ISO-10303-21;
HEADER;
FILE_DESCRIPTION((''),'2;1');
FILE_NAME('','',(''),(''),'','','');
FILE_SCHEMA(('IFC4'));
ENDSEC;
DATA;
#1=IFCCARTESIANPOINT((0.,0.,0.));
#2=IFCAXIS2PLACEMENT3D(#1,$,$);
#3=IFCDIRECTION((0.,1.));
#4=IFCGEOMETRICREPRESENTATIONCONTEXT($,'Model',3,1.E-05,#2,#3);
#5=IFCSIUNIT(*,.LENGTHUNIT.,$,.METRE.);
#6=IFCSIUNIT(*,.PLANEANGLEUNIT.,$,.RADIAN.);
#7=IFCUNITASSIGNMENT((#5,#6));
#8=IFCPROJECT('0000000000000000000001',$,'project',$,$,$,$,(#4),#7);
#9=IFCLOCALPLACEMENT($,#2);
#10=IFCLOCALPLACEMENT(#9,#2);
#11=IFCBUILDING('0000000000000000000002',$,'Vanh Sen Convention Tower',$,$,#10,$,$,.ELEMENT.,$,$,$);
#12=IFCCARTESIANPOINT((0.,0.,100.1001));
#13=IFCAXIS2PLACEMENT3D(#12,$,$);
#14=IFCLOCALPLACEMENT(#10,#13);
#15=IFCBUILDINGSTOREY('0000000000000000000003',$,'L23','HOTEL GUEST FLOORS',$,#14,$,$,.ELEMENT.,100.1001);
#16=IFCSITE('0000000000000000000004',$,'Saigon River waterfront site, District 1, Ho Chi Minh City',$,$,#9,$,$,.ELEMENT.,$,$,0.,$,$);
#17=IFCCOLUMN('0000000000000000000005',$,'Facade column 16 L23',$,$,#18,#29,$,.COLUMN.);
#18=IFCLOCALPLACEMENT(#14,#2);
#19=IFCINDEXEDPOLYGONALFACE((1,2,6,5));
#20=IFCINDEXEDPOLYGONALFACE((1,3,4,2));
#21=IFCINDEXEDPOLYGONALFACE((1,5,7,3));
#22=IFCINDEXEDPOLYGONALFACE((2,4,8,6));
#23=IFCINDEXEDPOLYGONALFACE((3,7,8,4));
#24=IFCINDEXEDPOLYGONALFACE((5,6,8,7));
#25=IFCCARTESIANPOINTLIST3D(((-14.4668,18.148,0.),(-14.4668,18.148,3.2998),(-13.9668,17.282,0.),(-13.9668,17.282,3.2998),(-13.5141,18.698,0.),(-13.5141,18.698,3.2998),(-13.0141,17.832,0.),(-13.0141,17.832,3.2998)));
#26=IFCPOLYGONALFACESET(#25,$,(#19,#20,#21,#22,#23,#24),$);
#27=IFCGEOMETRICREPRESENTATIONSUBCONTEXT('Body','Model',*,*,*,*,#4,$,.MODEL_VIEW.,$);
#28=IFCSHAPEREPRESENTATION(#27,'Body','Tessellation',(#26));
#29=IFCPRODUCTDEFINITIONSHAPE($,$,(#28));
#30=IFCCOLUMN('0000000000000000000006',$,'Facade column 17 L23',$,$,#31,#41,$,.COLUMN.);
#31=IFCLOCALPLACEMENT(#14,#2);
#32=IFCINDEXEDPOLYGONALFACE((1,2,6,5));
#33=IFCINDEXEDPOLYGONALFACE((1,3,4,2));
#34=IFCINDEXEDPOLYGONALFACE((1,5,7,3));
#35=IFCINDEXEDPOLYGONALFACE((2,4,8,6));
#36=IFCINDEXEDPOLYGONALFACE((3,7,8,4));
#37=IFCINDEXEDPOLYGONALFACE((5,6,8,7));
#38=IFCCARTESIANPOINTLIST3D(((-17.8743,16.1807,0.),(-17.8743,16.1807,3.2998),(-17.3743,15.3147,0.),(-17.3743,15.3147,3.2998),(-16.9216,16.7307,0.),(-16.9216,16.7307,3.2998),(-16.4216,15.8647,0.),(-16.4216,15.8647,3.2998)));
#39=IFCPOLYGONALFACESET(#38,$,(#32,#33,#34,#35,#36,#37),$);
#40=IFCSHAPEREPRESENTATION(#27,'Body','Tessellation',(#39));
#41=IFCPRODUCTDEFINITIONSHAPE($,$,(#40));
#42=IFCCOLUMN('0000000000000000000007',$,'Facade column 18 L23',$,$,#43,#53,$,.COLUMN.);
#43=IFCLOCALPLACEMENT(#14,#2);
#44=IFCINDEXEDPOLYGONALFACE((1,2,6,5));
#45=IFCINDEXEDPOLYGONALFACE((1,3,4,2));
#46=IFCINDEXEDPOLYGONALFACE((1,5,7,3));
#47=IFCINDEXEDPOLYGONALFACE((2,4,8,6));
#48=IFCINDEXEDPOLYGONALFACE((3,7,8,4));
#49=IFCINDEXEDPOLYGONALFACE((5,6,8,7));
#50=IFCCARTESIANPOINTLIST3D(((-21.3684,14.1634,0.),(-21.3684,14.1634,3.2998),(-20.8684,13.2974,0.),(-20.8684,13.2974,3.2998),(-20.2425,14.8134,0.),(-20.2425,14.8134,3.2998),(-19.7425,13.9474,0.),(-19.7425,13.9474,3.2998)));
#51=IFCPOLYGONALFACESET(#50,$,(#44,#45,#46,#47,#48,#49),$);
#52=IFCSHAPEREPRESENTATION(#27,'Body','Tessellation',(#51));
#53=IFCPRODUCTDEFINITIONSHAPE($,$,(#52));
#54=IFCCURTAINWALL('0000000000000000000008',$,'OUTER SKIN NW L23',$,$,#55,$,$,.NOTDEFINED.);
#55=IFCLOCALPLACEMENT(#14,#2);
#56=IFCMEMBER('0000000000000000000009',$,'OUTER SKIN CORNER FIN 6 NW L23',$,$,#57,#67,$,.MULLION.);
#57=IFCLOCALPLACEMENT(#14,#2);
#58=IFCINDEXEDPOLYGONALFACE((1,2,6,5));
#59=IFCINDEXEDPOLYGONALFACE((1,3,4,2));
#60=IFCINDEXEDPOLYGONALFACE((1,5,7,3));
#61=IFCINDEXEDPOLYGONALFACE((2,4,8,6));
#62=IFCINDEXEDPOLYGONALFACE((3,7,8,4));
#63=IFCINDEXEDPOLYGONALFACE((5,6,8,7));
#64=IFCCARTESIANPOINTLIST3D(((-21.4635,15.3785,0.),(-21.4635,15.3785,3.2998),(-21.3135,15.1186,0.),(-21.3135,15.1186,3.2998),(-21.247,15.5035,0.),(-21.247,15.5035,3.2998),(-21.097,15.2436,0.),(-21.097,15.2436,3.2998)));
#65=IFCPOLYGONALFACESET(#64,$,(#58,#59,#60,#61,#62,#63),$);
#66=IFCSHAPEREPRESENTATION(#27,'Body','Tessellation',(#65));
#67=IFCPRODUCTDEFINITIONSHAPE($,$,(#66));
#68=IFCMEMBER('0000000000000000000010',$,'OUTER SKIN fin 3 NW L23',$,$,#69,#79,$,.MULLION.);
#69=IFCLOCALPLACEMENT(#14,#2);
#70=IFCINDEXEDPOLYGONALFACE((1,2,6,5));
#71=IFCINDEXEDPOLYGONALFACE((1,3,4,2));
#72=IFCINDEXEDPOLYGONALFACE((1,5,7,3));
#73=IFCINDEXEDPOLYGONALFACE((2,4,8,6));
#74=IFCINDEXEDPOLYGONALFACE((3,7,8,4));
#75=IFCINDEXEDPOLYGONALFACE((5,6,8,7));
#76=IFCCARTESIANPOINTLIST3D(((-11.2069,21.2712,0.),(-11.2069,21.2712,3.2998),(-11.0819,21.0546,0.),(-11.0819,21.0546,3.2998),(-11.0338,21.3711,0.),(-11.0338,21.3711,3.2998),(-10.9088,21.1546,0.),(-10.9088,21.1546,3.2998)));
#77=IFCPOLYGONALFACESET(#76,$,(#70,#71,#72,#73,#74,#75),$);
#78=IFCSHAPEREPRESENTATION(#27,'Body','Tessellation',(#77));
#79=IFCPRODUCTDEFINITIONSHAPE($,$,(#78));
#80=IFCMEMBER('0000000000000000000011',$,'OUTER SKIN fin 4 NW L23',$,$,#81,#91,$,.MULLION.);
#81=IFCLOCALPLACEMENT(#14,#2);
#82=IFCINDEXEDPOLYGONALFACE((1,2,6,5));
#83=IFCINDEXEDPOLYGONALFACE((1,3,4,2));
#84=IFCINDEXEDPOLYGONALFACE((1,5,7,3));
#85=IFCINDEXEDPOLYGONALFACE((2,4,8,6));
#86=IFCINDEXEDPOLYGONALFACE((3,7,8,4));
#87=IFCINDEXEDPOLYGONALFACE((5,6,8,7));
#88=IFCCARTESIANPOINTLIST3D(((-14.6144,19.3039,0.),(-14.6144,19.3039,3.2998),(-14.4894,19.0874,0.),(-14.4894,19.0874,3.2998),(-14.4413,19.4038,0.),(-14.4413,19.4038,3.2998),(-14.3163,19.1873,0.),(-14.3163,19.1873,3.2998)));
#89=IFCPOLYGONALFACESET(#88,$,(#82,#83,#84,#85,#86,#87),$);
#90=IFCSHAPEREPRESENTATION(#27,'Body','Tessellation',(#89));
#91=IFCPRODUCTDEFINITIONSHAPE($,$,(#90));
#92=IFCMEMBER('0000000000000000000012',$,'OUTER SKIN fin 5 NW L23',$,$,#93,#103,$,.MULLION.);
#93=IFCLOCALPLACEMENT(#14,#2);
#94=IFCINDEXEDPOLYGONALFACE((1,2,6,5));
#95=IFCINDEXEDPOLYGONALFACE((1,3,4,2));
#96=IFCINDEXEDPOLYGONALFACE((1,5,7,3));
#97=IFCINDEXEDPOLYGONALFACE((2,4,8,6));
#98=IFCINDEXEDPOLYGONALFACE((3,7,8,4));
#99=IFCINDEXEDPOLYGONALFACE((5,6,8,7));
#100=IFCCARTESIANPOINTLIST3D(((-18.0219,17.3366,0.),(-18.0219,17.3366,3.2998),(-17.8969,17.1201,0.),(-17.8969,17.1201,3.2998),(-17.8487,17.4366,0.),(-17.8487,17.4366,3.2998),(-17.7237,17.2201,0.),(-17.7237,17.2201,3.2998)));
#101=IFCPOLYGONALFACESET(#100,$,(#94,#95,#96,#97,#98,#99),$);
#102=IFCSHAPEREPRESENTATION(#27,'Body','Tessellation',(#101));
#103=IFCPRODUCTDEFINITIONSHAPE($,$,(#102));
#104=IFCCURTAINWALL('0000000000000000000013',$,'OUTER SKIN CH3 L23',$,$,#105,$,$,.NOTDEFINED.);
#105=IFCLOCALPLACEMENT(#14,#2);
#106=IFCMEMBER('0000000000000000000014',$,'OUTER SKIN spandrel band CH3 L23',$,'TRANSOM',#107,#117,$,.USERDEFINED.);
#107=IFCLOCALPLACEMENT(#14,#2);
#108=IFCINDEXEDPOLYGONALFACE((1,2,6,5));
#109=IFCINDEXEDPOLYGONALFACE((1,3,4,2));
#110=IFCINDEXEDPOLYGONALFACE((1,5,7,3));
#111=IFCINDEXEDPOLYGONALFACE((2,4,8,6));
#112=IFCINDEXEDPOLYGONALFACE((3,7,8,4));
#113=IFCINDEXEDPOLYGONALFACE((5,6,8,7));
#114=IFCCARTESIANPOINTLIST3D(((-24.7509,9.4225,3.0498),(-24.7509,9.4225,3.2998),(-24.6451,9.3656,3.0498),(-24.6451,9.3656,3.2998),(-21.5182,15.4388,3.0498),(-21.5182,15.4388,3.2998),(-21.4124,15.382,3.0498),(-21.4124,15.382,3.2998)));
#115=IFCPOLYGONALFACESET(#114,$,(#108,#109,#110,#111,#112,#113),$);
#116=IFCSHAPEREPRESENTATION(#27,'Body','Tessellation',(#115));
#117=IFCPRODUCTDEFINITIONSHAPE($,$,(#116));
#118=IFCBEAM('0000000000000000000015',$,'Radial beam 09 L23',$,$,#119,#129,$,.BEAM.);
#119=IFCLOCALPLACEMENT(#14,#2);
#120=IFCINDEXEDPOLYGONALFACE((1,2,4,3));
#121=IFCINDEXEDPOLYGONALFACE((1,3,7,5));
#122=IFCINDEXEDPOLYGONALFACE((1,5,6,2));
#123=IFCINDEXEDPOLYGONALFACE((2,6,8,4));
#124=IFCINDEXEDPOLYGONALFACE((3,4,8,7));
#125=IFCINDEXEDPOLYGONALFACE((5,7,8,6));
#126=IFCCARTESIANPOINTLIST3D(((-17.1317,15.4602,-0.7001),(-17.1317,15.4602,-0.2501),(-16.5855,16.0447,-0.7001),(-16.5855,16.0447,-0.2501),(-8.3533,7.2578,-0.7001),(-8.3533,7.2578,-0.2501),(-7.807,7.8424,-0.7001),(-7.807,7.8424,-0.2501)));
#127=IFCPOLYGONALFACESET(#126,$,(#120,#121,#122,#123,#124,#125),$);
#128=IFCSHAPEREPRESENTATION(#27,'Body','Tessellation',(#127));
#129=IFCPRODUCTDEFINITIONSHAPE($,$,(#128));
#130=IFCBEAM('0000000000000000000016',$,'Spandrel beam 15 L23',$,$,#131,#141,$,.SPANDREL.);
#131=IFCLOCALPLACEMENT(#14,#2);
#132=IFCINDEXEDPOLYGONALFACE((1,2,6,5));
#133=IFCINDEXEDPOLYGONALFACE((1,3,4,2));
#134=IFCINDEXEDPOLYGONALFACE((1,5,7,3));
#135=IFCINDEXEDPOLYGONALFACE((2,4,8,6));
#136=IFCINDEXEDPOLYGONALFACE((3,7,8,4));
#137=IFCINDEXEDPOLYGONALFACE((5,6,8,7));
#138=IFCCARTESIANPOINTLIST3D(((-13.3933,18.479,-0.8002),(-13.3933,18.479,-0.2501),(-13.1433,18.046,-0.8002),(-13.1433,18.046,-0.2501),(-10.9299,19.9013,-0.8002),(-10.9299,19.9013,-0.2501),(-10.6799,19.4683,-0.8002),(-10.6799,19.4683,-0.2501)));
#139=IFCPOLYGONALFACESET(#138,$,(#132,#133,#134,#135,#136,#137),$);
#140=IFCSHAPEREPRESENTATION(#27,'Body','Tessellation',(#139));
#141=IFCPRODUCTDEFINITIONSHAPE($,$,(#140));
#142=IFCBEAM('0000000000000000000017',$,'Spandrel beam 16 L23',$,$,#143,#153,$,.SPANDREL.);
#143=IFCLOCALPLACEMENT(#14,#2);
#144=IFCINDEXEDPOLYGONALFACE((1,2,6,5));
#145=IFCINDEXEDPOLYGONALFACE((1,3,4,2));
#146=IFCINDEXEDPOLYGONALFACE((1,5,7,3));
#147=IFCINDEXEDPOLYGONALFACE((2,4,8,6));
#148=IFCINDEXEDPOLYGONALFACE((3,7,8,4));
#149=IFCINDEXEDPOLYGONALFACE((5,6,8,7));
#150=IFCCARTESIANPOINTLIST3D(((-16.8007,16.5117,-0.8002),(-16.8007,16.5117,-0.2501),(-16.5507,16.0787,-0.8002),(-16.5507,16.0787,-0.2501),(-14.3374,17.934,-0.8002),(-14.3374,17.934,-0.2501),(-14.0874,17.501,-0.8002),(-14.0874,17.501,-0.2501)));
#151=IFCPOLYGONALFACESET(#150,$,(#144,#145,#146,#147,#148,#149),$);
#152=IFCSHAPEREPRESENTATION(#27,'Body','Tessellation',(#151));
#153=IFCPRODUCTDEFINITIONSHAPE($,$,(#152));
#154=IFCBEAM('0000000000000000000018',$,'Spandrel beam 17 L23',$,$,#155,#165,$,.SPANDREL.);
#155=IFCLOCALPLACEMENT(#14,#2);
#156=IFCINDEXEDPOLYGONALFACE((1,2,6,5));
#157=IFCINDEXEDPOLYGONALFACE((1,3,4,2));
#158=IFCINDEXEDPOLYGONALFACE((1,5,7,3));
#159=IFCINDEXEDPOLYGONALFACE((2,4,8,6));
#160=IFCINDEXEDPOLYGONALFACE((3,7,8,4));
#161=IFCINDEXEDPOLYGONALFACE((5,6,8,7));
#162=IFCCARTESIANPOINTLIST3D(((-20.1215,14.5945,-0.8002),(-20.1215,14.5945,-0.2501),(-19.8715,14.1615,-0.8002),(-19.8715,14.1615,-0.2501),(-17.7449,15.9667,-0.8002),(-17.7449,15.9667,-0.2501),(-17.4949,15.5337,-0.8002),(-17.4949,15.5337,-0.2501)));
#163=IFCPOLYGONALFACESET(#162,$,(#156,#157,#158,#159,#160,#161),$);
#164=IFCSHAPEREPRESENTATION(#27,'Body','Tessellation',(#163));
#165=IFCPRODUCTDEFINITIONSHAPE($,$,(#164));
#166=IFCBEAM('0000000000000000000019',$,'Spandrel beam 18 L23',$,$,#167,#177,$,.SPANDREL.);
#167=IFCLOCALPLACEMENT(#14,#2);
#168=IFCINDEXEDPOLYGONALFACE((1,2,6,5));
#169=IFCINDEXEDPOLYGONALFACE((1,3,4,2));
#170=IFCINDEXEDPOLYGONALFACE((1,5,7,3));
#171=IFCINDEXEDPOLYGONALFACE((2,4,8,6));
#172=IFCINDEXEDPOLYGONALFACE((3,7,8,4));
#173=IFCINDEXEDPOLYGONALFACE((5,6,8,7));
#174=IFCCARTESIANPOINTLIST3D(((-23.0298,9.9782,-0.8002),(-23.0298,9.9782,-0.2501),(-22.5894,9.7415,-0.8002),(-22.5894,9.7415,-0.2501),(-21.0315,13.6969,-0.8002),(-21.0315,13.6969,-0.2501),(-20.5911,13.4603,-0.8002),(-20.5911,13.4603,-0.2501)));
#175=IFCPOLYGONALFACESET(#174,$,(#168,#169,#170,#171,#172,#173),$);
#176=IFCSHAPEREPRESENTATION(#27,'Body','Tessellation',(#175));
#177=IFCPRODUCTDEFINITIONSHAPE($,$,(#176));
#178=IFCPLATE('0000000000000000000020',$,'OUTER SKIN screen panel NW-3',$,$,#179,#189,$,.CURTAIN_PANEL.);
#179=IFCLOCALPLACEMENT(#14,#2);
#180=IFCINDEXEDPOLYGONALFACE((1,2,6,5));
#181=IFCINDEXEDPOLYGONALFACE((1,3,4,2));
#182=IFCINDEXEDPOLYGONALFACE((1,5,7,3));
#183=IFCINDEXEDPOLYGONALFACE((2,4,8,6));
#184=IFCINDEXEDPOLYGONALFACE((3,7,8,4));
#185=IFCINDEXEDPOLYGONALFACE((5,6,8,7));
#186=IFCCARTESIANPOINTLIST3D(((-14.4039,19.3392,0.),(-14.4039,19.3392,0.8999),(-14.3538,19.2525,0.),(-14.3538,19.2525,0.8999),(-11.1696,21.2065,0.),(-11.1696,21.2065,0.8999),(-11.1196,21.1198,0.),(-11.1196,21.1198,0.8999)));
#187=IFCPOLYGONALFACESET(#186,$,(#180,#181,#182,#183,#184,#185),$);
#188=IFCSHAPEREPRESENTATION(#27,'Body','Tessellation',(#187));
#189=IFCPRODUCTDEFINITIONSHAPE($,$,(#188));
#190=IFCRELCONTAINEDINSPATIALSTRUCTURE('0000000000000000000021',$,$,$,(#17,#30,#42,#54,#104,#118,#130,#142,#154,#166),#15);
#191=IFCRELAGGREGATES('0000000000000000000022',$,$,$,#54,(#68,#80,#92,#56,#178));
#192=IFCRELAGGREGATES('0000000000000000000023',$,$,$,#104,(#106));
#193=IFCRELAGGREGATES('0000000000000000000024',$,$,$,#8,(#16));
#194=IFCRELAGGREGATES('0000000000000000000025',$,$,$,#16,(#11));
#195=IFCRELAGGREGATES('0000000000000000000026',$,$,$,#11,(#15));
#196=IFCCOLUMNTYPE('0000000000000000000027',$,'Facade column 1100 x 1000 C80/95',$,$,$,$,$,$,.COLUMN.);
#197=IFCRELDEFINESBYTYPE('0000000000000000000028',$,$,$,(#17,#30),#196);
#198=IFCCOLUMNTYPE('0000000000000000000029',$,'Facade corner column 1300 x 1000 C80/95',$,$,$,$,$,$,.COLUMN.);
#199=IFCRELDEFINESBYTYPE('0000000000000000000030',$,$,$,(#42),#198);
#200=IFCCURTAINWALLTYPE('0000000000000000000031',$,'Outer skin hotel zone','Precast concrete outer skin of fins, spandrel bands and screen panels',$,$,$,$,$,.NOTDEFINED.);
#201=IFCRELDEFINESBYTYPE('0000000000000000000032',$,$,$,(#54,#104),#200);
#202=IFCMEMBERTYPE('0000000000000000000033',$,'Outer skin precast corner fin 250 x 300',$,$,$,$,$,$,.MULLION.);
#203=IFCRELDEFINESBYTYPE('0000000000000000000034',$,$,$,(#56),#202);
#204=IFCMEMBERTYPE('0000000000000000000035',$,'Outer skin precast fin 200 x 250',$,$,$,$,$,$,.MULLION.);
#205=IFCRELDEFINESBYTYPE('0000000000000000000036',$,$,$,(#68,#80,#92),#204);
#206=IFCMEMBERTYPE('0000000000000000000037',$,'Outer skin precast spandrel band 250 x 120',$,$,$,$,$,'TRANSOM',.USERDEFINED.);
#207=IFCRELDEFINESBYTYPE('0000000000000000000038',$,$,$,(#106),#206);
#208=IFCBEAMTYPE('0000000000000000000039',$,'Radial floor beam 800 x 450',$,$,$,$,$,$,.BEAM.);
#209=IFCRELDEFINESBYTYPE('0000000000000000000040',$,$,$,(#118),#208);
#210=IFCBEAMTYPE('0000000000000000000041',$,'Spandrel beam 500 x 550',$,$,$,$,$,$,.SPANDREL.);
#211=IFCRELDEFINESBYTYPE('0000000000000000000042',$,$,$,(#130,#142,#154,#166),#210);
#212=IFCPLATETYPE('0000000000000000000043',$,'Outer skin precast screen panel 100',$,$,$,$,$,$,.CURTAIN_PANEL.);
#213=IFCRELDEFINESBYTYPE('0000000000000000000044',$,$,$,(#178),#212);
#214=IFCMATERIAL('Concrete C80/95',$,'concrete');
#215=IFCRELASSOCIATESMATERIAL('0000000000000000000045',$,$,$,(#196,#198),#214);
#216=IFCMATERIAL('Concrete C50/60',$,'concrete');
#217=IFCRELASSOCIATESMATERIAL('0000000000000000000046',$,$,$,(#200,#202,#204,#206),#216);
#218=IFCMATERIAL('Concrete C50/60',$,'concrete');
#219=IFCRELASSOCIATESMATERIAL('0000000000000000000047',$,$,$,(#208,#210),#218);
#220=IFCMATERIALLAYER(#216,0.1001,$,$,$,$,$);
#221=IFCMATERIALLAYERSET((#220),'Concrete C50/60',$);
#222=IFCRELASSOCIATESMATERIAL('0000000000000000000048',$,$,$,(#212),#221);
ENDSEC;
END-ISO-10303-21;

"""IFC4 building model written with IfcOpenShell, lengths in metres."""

from ifc_helpers import new_model, si_unit, direction, frame, origin, origin_2d, place, context, subcontext, project, spatial, rectangle, extrude, material, layer, layer_set, material_profile, profile_set, type_object, element, aggregate, save


model = new_model("IFC4")

# Units and contexts
model_context = context("Model", 3, precision=1e-05, world=origin(), true_north=direction((0.0, 1.0)))
body_context = subcontext(model_context, "Body", "Model", "MODEL_VIEW")
ifc_project = project(units=[si_unit("LENGTHUNIT", "METRE"), si_unit("PLANEANGLEUNIT", "RADIAN")], contexts=[model_context])

# Site, building, storey
site_placement = place(None, origin())
site = spatial("IfcSite", under=ifc_project, at=site_placement, Name="Saigon River waterfront site, District 1, Ho Chi Minh City", CompositionType="ELEMENT", RefElevation=0.0)
building_placement = place(site_placement, origin())
building = spatial("IfcBuilding", under=site, at=building_placement, Name="Vanh Sen Convention Tower", CompositionType="ELEMENT")
storey_placement = place(building_placement, frame((0.0, 0.0, 100.1001)))
storey = spatial("IfcBuildingStorey", under=building, at=storey_placement, Name="L23", Description="HOTEL GUEST FLOORS", CompositionType="ELEMENT", Elevation=100.1001)

# Columns
ifc_material_1 = material(Name="Concrete C80/95", Category="concrete")
ifc_material_profile_1 = material_profile(ifc_material_1, rectangle(XDim=1.1001, YDim=1.0, at=origin_2d()), Name="RC 1100X1000")
ifc_profile_set_1 = profile_set([ifc_material_profile_1], Name="Concrete C80/95")
column_type_1 = type_object("IfcColumnType", Name="Facade column 1100 x 1000 C80/95", PredefinedType="COLUMN", material=ifc_profile_set_1)
for number, where, z_axis, x_axis, name in (
    (1, (-13.7405, 17.99, 0.0), (0.0, 0.0, 1.0), (-0.866025, -0.5, 0.0), "Facade column 16 L23"),
    (2, (-17.1479, 16.0227, 0.0), (0.0, 0.0, 1.0), (-0.866025, -0.5, 0.0), "Facade column 17 L23"),
):
    element("IfcColumn", number, at=place(storey_placement, frame(where, z_axis=z_axis, x_axis=x_axis)), inside=storey, type_object=column_type_1, Name=name, PredefinedType="COLUMN", context=body_context, shape_type="SweptSolid", body=[
        extrude(rectangle(XDim=1.1001, YDim=1.0, at=origin_2d()), origin(), (0.0, 0.0, 1.0), 3.2998),
    ])
ifc_material_profile_2 = material_profile(ifc_material_1, rectangle(XDim=1.3, YDim=1.0, at=origin_2d()), Name="RC 1300X1000")
ifc_profile_set_2 = profile_set([ifc_material_profile_2], Name="Concrete C80/95")
column_type_2 = type_object("IfcColumnType", Name="Facade corner column 1300 x 1000 C80/95", PredefinedType="COLUMN", material=ifc_profile_set_2)
column_placement = place(storey_placement, frame((-20.5554, 14.0554, 0.0), z_axis=(0.0, 0.0, 1.0), x_axis=(-0.866025, -0.5, 0.0)))
element("IfcColumn", 3, at=column_placement, inside=storey, type_object=column_type_2, Name="Facade column 18 L23", PredefinedType="COLUMN", context=body_context, shape_type="SweptSolid", body=[
    extrude(rectangle(XDim=1.3, YDim=1.0, at=origin_2d()), origin(), (0.0, 0.0, 1.0), 3.2998),
])

# Curtain wall, members
ifc_material_2 = material(Name="Concrete C50/60", Category="concrete")
curtain_wall_type = type_object("IfcCurtainWallType", Name="Outer skin hotel zone", Description="Precast concrete outer skin of fins, spandrel bands and screen panels", PredefinedType="NOTDEFINED", material=ifc_material_2)
curtain_wall_1_placement = place(storey_placement, origin())
curtain_wall_1 = element("IfcCurtainWall", 4, at=curtain_wall_1_placement, inside=storey, type_object=curtain_wall_type, Name="OUTER SKIN NW L23", PredefinedType="NOTDEFINED")
ifc_material_profile_3 = material_profile(ifc_material_2, rectangle(XDim=0.25, YDim=0.3, at=origin_2d()), Name="Outer skin precast corner fin 250 x 300")
ifc_profile_set_3 = profile_set([ifc_material_profile_3], Name="Concrete C50/60")
member_type_1 = type_object("IfcMemberType", Name="Outer skin precast corner fin 250 x 300", PredefinedType="MULLION", material=ifc_profile_set_3)
member_1_placement = place(storey_placement, frame((-21.2803, 15.311, 0.0), z_axis=(0.0, 0.0, 1.0), x_axis=(-0.866025, -0.5, 0.0)))
member_1 = element("IfcMember", 5, at=member_1_placement, type_object=member_type_1, Name="OUTER SKIN CORNER FIN 6 NW L23", PredefinedType="MULLION", context=body_context, shape_type="SweptSolid", body=[
    extrude(rectangle(XDim=0.25, YDim=0.3, at=origin_2d()), origin(), (0.0, 0.0, 1.0), 3.2998),
])
ifc_material_profile_4 = material_profile(ifc_material_2, rectangle(XDim=0.2, YDim=0.25, at=origin_2d()), Name="Outer skin precast fin 200 x 250")
ifc_profile_set_4 = profile_set([ifc_material_profile_4], Name="Concrete C50/60")
member_type_2 = type_object("IfcMemberType", Name="Outer skin precast fin 200 x 250", PredefinedType="MULLION", material=ifc_profile_set_4)
member_2_placement = place(storey_placement, frame((-11.0579, 21.2129, 0.0), z_axis=(0.0, 0.0, 1.0), x_axis=(-0.866025, -0.5, 0.0)))
member_2 = element("IfcMember", 6, at=member_2_placement, type_object=member_type_2, Name="OUTER SKIN fin 3 NW L23", PredefinedType="MULLION", context=body_context, shape_type="SweptSolid", body=[
    extrude(rectangle(XDim=0.2, YDim=0.25, at=origin_2d()), origin(), (0.0, 0.0, 1.0), 3.2998),
])
member_3_placement = place(storey_placement, frame((-14.4653, 19.2456, 0.0), z_axis=(0.0, 0.0, 1.0), x_axis=(-0.866025, -0.5, 0.0)))
member_3 = element("IfcMember", 7, at=member_3_placement, type_object=member_type_2, Name="OUTER SKIN fin 4 NW L23", PredefinedType="MULLION", context=body_context, shape_type="SweptSolid", body=[
    extrude(rectangle(XDim=0.2, YDim=0.25, at=origin_2d()), origin(), (0.0, 0.0, 1.0), 3.2998),
])
member_4_placement = place(storey_placement, frame((-17.8728, 17.2783, 0.0), z_axis=(0.0, 0.0, 1.0), x_axis=(-0.866025, -0.5, 0.0)))
member_4 = element("IfcMember", 8, at=member_4_placement, type_object=member_type_2, Name="OUTER SKIN fin 5 NW L23", PredefinedType="MULLION", context=body_context, shape_type="SweptSolid", body=[
    extrude(rectangle(XDim=0.2, YDim=0.25, at=origin_2d()), origin(), (0.0, 0.0, 1.0), 3.2998),
])

# Curtain wall, member
curtain_wall_2_placement = place(storey_placement, origin())
curtain_wall_2 = element("IfcCurtainWall", 9, at=curtain_wall_2_placement, inside=storey, type_object=curtain_wall_type, Name="OUTER SKIN CH3 L23", PredefinedType="NOTDEFINED")
ifc_material_profile_5 = material_profile(ifc_material_2, rectangle(XDim=0.1201, YDim=0.25, at=origin_2d()), Name="Outer skin precast spandrel band 250 x 120")
ifc_profile_set_5 = profile_set([ifc_material_profile_5], Name="Concrete C50/60")
member_type_3 = type_object("IfcMemberType", Name="Outer skin precast spandrel band 250 x 120", ElementType="TRANSOM", PredefinedType="USERDEFINED", material=ifc_profile_set_5)
member_5_placement = place(storey_placement, frame((-21.4653, 15.4104, 3.1748), z_axis=(-0.473315, -0.880893, 0.0), x_axis=(0.880893, -0.473315, 0.0)))
member_5 = element("IfcMember", 10, at=member_5_placement, type_object=member_type_3, Name="OUTER SKIN spandrel band CH3 L23", ObjectType="TRANSOM", PredefinedType="USERDEFINED", context=body_context, shape_type="SweptSolid", body=[
    extrude(rectangle(XDim=0.1201, YDim=0.25, at=origin_2d()), origin(), (0.0, 0.0, 1.0), 6.8298),
])

# Beams
ifc_material_3 = material(Name="Concrete C50/60", Category="concrete")
ifc_material_profile_6 = material_profile(ifc_material_3, rectangle(XDim=0.8, YDim=0.45, at=origin_2d()), Name="RC 800X450")
ifc_profile_set_6 = profile_set([ifc_material_profile_6], Name="Concrete C50/60")
beam_type_1 = type_object("IfcBeamType", Name="Radial floor beam 800 x 450", PredefinedType="BEAM", material=ifc_profile_set_6)
beam_1_placement = place(storey_placement, frame((-16.8586, 15.7524, -0.4751), z_axis=(0.730679, -0.682721, 0.0), x_axis=(0.682721, 0.730679, 0.0)))
element("IfcBeam", 11, at=beam_1_placement, inside=storey, type_object=beam_type_1, Name="Radial beam 09 L23", PredefinedType="BEAM", context=body_context, shape_type="SweptSolid", body=[
    extrude(rectangle(XDim=0.8, YDim=0.45, at=origin_2d()), origin(), (0.0, 0.0, 1.0), 12.0142),
])
ifc_material_profile_7 = material_profile(ifc_material_3, rectangle(XDim=0.5, YDim=0.55, at=origin_2d()), Name="RC 500X550")
ifc_profile_set_7 = profile_set([ifc_material_profile_7], Name="Concrete C50/60")
beam_type_2 = type_object("IfcBeamType", Name="Spandrel beam 500 x 550", PredefinedType="SPANDREL", material=ifc_profile_set_7)
for number, where, z_axis, x_axis, name in (
    (12, (-10.8049, 19.6848, -0.5251), (-0.866005, -0.500034, 0.0), (0.500034, -0.866005, 0.0), "Spandrel beam 15 L23"),
    (13, (-14.2124, 17.7175, -0.5251), (-0.866005, -0.500034, 0.0), (0.500034, -0.866005, 0.0), "Spandrel beam 16 L23"),
):
    element("IfcBeam", number, at=place(storey_placement, frame(where, z_axis=z_axis, x_axis=x_axis)), inside=storey, type_object=beam_type_2, Name=name, PredefinedType="SPANDREL", context=body_context, shape_type="SweptSolid", body=[
        extrude(rectangle(XDim=0.5, YDim=0.55, at=origin_2d()), origin(), (0.0, 0.0, 1.0), 2.8445),
    ])
beam_2_placement = place(storey_placement, frame((-17.6199, 15.7502, -0.5251), z_axis=(-0.866006, -0.500033, 0.0), x_axis=(0.500033, -0.866006, 0.0)))
element("IfcBeam", 14, at=beam_2_placement, inside=storey, type_object=beam_type_2, Name="Spandrel beam 17 L23", PredefinedType="SPANDREL", context=body_context, shape_type="SweptSolid", body=[
    extrude(rectangle(XDim=0.5, YDim=0.55, at=origin_2d()), origin(), (0.0, 0.0, 1.0), 2.7444),
])
beam_3_placement = place(storey_placement, frame((-20.8113, 13.5786, -0.5251), z_axis=(-0.473344, -0.880877, 0.0), x_axis=(0.880877, -0.473344, 0.0)))
element("IfcBeam", 15, at=beam_3_placement, inside=storey, type_object=beam_type_2, Name="Spandrel beam 18 L23", PredefinedType="SPANDREL", context=body_context, shape_type="SweptSolid", body=[
    extrude(rectangle(XDim=0.5, YDim=0.55, at=origin_2d()), origin(), (0.0, 0.0, 1.0), 4.2217),
])

# Plate
ifc_layer_1 = layer(ifc_material_2, 0.1001)
ifc_layer_set_1 = layer_set([ifc_layer_1], Name="Concrete C50/60")
plate_type = type_object("IfcPlateType", Name="Outer skin precast screen panel 100", PredefinedType="CURTAIN_PANEL", material=ifc_layer_set_1)
plate_1_placement = place(storey_placement, frame((-12.7617, 20.2295, 0.0), z_axis=(0.0, 0.0, 1.0), x_axis=(-0.866028, -0.499995, 0.0)))
plate_1 = element("IfcPlate", 16, at=plate_1_placement, type_object=plate_type, Name="OUTER SKIN screen panel NW-3", PredefinedType="CURTAIN_PANEL", context=body_context, shape_type="SweptSolid", body=[
    extrude(rectangle(XDim=3.7346, YDim=0.1001, at=origin_2d()), origin(), (0.0, 0.0, 1.0), 0.8999),
])
aggregate(curtain_wall_1, [member_2, member_3, member_4, member_1, plate_1])
aggregate(curtain_wall_2, [member_5])

save(model, "model.ifc")
